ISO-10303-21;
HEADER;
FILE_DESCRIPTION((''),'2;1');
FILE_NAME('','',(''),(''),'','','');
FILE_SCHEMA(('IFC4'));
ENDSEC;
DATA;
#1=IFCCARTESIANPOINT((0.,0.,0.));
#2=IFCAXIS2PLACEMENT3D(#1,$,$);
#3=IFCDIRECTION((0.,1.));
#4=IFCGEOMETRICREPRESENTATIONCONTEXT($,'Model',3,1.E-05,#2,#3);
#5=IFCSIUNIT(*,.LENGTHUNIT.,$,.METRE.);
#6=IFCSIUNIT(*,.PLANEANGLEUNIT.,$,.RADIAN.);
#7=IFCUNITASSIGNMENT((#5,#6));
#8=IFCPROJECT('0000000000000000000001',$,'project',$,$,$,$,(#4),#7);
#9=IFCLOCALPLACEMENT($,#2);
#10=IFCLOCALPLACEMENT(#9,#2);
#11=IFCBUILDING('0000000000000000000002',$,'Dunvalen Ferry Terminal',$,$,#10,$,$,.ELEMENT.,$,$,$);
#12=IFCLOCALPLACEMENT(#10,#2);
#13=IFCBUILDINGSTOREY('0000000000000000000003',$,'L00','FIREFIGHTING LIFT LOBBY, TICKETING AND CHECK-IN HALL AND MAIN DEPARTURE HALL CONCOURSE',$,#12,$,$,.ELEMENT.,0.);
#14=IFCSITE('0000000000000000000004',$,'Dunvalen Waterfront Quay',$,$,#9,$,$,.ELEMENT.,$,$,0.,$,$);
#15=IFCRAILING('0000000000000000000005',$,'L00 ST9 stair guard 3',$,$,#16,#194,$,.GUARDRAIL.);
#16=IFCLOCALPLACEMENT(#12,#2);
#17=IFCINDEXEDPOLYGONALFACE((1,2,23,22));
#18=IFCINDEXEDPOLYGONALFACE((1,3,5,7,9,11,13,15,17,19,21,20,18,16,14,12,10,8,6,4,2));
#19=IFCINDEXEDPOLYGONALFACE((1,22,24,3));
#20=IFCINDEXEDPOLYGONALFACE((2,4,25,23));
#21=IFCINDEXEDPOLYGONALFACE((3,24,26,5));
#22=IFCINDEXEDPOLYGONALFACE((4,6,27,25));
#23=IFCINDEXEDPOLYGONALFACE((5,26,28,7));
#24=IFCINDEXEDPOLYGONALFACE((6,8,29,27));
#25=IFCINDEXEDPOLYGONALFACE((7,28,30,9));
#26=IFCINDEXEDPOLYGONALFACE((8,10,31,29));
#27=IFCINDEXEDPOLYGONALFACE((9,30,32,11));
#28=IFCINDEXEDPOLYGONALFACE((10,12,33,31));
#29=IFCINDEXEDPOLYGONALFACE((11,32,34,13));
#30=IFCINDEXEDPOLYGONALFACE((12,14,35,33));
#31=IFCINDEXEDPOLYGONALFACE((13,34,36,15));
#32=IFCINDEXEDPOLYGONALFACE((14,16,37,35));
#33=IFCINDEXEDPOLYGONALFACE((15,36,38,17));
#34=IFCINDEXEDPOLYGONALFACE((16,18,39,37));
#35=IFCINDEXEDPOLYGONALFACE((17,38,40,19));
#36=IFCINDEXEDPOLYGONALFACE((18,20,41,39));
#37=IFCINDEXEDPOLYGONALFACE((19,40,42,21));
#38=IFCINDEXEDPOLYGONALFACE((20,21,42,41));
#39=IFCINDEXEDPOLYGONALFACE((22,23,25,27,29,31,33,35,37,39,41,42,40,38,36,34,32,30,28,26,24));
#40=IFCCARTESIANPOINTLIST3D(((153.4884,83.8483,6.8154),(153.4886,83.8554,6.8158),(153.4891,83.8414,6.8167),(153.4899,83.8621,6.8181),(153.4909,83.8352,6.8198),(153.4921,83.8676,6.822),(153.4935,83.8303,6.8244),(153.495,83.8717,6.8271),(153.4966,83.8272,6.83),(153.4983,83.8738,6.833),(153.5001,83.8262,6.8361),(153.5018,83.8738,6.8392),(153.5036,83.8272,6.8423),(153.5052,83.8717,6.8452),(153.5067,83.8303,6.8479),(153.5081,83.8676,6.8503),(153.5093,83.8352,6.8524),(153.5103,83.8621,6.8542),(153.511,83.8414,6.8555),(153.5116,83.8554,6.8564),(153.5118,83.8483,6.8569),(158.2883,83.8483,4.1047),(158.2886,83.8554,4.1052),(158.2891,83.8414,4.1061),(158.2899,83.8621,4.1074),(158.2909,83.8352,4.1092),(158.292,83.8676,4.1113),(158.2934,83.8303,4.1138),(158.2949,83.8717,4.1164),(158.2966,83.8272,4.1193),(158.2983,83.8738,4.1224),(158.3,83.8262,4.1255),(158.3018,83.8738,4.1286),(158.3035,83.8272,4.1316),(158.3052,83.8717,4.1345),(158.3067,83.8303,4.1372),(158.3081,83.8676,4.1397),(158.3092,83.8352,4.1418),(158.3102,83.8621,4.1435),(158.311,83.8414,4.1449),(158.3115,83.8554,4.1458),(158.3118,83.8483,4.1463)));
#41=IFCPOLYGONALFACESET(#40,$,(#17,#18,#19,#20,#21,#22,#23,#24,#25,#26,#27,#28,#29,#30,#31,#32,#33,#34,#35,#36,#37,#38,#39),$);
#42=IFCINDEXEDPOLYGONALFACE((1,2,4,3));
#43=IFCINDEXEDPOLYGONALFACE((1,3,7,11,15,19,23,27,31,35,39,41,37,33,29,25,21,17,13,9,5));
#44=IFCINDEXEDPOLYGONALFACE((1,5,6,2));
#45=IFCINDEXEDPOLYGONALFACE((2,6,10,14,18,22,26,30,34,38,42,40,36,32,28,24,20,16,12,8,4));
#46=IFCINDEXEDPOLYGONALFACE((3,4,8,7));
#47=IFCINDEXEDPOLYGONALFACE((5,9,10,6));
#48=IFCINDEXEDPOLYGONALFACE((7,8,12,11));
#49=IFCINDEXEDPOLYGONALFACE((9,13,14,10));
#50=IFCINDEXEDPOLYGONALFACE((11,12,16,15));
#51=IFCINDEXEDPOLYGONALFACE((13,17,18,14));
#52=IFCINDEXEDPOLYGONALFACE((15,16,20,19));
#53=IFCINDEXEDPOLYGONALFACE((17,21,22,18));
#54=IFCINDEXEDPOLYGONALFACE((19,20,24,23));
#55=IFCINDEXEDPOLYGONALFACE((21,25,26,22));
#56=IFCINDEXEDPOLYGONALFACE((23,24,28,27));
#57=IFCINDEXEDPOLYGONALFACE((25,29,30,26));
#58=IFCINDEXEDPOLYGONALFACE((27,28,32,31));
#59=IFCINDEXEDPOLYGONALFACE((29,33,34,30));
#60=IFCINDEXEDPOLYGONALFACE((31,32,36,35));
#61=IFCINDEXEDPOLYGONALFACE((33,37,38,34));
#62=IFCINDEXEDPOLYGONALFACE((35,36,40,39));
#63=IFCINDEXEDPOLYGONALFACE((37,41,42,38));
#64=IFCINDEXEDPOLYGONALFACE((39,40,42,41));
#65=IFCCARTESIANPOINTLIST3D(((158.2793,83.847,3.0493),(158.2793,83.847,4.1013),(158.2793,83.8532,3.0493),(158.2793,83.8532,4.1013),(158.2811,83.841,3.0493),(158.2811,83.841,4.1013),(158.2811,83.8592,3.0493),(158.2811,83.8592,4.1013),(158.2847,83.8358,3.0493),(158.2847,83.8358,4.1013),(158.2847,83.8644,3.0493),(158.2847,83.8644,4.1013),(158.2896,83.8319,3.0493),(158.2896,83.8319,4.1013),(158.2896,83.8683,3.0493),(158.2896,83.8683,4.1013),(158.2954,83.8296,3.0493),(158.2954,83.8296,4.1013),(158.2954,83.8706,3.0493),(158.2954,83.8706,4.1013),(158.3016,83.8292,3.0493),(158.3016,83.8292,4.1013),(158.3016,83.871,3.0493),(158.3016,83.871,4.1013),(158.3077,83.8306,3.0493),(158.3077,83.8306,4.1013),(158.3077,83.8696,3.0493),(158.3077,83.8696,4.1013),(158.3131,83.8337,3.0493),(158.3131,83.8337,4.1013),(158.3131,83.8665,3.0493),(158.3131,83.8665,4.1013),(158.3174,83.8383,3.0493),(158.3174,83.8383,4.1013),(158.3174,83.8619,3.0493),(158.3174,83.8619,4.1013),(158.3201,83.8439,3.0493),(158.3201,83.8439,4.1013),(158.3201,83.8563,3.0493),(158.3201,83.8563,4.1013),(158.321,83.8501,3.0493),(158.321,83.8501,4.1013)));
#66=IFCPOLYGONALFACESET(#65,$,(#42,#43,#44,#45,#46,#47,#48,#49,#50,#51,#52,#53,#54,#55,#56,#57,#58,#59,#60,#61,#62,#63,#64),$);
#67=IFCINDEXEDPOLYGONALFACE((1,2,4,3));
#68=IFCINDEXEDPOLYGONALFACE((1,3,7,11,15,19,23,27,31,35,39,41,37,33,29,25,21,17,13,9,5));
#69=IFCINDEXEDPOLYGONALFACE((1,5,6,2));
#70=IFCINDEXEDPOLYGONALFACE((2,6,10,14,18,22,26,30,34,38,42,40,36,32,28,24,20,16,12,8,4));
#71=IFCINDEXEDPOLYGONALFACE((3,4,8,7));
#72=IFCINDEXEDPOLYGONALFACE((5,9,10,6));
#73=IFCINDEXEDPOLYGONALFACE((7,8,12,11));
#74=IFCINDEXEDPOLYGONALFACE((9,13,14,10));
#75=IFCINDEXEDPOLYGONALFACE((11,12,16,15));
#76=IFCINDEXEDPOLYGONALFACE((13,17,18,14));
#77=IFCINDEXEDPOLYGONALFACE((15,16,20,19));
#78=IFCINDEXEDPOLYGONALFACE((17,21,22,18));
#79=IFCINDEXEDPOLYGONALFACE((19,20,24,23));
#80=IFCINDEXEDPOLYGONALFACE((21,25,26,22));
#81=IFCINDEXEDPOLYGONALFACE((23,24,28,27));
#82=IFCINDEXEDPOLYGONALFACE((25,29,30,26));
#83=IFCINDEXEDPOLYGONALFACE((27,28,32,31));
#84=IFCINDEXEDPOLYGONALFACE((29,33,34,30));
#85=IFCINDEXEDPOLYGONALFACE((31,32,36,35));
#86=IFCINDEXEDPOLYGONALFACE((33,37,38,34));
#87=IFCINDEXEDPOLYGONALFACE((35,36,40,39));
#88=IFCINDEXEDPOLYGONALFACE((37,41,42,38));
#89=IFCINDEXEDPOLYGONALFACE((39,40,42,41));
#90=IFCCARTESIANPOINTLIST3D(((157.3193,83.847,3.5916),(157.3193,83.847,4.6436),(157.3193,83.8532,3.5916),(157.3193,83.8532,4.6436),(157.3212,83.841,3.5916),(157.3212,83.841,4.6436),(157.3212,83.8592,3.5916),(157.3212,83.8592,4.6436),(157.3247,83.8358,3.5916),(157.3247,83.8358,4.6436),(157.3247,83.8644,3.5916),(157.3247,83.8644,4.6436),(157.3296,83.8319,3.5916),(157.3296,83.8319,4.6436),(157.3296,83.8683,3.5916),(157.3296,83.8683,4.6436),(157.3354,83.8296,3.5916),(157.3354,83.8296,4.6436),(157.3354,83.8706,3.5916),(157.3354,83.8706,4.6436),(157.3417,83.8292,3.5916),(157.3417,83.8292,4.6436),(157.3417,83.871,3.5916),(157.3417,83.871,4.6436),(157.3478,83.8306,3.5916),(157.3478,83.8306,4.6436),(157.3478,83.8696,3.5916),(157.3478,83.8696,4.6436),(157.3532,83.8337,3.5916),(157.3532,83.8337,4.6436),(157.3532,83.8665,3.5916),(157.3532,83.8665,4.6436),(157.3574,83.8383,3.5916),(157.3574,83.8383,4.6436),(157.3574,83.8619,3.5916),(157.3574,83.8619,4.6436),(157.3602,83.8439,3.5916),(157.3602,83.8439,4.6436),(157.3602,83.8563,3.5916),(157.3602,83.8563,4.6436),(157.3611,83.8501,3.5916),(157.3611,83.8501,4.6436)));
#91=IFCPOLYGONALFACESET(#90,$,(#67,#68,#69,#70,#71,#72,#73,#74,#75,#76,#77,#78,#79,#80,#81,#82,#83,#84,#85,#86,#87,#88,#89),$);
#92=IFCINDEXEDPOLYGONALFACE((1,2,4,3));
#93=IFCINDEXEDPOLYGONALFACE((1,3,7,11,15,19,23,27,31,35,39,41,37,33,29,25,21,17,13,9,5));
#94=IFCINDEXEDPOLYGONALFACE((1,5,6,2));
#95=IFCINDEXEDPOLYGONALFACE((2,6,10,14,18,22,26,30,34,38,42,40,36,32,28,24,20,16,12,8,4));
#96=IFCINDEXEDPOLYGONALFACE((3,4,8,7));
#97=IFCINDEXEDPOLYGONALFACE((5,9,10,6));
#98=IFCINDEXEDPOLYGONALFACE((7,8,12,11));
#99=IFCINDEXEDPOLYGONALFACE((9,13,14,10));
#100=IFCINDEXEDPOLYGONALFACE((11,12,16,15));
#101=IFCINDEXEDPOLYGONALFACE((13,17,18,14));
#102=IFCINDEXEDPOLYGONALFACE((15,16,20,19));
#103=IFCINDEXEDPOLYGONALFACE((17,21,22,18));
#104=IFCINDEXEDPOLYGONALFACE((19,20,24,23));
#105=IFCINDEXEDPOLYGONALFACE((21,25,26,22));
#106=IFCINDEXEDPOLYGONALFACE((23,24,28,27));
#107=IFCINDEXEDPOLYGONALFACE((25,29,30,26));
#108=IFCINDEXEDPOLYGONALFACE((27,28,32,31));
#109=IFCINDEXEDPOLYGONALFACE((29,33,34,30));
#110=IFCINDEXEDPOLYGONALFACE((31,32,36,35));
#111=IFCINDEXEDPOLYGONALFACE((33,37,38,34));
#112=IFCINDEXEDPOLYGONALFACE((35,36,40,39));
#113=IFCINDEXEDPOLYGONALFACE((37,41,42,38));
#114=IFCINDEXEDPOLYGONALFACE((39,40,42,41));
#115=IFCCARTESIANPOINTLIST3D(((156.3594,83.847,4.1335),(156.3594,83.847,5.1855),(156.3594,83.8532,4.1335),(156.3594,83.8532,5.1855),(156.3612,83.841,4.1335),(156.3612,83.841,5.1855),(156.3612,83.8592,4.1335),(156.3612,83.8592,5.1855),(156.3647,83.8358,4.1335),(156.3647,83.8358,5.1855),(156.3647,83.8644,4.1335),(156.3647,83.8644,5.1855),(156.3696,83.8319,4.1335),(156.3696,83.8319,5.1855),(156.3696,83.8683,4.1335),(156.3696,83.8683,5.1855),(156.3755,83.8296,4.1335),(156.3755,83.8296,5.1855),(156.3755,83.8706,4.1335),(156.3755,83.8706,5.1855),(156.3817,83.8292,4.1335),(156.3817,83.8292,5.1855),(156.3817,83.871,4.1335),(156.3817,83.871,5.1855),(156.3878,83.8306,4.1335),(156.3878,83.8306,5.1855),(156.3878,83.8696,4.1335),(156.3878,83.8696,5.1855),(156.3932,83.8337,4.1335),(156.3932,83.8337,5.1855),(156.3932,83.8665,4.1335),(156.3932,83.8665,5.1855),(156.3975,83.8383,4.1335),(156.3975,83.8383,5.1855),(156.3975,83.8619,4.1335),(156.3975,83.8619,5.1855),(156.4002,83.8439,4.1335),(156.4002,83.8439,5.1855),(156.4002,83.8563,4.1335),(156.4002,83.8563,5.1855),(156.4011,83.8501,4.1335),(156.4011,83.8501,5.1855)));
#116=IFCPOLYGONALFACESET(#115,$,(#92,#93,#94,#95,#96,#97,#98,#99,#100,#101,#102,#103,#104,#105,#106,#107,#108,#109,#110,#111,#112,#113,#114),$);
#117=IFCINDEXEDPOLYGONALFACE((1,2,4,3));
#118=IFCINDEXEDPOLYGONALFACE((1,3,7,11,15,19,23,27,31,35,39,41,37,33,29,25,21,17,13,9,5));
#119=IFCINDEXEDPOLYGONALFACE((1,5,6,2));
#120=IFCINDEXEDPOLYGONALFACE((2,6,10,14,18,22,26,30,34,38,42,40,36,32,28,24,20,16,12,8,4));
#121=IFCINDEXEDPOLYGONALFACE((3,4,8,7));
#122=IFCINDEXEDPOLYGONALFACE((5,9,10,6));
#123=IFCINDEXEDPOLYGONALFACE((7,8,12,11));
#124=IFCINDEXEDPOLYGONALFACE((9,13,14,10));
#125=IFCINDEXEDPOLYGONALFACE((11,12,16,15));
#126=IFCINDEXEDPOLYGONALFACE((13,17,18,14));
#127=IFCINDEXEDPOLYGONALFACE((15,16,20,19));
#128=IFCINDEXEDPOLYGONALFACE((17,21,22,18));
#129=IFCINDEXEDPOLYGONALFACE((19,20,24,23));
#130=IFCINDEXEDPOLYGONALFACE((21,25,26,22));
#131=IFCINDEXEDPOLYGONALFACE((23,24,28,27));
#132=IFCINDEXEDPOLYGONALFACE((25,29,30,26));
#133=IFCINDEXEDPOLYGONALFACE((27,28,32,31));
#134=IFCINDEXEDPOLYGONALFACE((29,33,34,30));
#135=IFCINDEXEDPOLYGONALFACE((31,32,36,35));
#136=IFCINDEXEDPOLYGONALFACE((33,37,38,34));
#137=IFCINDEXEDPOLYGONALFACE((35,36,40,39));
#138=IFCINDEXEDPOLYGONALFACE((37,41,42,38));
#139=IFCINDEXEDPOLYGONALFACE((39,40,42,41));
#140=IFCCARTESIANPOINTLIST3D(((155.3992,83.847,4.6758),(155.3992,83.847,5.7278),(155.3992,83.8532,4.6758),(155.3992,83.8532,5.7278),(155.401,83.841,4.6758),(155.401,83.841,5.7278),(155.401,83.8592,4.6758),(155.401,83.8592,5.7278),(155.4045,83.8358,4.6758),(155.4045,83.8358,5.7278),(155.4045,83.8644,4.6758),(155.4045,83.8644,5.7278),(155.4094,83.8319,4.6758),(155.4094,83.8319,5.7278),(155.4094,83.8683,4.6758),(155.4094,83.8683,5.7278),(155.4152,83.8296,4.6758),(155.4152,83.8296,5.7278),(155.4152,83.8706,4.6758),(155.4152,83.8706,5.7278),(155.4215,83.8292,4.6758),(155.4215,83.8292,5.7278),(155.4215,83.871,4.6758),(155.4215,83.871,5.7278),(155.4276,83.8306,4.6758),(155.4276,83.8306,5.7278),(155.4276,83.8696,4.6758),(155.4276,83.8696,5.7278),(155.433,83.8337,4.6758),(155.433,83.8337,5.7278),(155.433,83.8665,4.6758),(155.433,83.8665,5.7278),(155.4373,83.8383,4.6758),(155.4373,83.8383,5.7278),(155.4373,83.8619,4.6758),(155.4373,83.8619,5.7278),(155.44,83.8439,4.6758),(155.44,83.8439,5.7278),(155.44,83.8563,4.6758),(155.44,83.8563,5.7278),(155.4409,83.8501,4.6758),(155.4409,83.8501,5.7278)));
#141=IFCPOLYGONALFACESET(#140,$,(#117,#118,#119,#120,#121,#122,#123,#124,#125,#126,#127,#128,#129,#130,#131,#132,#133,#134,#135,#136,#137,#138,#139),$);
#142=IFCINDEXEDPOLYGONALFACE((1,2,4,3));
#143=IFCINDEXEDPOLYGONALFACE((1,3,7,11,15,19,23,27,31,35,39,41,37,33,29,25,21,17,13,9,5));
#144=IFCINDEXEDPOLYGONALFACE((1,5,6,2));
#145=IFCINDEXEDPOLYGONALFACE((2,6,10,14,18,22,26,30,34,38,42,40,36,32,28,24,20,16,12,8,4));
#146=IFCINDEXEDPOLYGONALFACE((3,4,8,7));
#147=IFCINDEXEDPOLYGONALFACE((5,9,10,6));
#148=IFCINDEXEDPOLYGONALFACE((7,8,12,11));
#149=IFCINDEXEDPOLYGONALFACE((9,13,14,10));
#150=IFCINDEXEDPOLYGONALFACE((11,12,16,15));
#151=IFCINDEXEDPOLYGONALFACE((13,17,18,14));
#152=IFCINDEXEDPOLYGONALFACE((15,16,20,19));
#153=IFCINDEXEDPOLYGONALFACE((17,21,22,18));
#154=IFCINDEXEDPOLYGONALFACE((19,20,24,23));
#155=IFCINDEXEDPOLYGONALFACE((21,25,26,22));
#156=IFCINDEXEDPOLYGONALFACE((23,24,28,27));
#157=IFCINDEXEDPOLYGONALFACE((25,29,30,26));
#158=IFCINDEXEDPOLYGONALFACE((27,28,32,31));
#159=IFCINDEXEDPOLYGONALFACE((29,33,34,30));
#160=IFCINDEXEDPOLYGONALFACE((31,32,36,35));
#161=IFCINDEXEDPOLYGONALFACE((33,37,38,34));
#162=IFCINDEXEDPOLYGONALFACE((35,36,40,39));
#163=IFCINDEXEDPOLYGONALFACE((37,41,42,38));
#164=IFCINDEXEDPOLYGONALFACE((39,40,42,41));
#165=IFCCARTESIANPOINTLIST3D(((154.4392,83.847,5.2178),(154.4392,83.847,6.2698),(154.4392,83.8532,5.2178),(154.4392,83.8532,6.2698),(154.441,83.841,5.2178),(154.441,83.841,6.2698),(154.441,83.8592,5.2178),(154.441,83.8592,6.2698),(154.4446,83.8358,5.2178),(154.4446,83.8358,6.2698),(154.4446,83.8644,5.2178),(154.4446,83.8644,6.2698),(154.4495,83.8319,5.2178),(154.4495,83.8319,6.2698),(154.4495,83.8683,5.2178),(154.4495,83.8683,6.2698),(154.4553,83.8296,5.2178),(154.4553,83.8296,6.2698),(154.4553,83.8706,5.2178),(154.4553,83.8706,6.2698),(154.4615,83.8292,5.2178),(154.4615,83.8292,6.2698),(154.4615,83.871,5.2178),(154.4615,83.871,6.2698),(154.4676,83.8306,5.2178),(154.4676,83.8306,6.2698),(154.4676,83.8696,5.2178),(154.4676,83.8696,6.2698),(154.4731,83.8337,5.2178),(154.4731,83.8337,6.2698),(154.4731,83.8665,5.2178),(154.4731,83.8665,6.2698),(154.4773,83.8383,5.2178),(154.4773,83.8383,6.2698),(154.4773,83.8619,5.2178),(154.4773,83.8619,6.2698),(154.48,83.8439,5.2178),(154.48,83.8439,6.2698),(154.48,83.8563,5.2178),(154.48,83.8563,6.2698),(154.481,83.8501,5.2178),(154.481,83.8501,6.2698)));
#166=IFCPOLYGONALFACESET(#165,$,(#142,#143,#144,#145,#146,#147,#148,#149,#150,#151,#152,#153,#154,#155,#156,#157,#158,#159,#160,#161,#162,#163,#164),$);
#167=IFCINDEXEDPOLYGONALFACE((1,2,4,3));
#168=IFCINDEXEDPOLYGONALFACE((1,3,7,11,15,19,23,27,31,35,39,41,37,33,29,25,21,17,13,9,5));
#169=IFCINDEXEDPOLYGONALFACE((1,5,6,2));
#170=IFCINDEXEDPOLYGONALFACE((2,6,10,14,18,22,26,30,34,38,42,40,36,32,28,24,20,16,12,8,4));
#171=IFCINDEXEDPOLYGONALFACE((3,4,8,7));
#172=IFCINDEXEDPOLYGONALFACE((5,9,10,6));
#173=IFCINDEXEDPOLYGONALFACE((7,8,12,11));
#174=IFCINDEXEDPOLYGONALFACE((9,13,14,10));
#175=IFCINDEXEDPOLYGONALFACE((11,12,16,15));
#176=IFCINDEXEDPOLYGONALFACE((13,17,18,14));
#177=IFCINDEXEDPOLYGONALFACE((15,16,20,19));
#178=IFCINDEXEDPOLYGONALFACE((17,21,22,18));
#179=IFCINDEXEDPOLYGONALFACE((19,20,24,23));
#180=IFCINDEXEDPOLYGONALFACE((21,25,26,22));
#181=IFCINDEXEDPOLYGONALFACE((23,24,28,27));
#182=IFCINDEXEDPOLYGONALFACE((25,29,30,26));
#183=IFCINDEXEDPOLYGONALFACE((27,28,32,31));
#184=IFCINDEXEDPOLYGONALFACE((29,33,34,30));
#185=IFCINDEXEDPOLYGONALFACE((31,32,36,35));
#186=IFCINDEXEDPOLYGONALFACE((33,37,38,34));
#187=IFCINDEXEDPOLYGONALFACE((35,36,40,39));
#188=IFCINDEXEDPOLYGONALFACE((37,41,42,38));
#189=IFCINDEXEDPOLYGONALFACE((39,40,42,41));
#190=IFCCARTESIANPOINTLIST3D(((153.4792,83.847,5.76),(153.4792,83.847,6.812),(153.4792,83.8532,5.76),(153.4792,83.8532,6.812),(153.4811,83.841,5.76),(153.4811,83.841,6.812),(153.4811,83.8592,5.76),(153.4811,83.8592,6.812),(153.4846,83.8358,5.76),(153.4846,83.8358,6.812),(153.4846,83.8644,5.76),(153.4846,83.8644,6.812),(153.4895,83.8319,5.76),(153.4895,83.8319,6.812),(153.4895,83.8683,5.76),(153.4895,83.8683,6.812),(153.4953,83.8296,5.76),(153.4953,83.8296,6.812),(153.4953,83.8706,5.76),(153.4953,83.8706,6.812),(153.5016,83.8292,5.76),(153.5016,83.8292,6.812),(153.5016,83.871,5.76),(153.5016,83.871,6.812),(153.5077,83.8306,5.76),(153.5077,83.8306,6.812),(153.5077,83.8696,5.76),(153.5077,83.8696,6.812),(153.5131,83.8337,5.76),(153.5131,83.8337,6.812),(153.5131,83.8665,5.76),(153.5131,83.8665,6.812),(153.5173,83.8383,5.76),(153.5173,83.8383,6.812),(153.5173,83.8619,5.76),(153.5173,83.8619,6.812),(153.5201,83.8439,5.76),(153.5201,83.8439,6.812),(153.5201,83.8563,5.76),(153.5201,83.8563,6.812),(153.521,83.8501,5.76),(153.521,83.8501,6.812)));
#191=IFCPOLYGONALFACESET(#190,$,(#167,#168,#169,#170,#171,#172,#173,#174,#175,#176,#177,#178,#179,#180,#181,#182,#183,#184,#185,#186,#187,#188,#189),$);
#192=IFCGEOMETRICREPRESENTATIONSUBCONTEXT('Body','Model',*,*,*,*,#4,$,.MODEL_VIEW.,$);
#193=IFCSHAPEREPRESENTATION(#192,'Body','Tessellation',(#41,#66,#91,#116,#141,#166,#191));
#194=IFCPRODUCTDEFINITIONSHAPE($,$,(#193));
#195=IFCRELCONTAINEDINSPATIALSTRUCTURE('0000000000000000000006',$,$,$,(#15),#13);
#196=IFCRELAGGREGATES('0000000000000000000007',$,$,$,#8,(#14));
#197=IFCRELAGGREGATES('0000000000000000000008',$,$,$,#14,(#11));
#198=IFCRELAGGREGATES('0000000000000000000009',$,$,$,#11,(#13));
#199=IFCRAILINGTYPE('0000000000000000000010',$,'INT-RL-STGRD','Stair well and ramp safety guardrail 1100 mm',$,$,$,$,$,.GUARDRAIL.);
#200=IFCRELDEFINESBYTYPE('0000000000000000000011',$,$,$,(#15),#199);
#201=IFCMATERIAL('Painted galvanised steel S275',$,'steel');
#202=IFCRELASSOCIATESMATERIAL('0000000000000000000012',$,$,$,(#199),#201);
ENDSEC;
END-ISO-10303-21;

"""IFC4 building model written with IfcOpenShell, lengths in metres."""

from ifc_helpers import new_model, si_unit, direction, frame, origin, origin_2d, place, context, subcontext, project, spatial, circle, extrude, material, type_object, element, save


model = new_model("IFC4")

# Units and contexts
model_context = context("Model", 3, precision=1e-05, world=origin(), true_north=direction((0.0, 1.0)))
body_context = subcontext(model_context, "Body", "Model", "MODEL_VIEW")
ifc_project = project(units=[si_unit("LENGTHUNIT", "METRE"), si_unit("PLANEANGLEUNIT", "RADIAN")], contexts=[model_context])

# Site, building, storey
site_placement = place(None, origin())
site = spatial("IfcSite", under=ifc_project, at=site_placement, Name="Dunvalen Waterfront Quay", CompositionType="ELEMENT", RefElevation=0.0)
building_placement = place(site_placement, origin())
building = spatial("IfcBuilding", under=site, at=building_placement, Name="Dunvalen Ferry Terminal", CompositionType="ELEMENT")
storey_placement = place(building_placement, origin())
storey = spatial("IfcBuildingStorey", under=building, at=storey_placement, Name="L00", Description="FIREFIGHTING LIFT LOBBY, TICKETING AND CHECK-IN HALL AND MAIN DEPARTURE HALL CONCOURSE", CompositionType="ELEMENT", Elevation=0.0)

# Railing
ifc_material_1 = material(Name="Painted galvanised steel S275", Category="steel")
railing_type = type_object("IfcRailingType", Name="INT-RL-STGRD", Description="Stair well and ramp safety guardrail 1100 mm", PredefinedType="GUARDRAIL", material=ifc_material_1)
railing_1_placement = place(storey_placement, frame((158.3, 83.8501, 3.0493)))
element("IfcRailing", 1, at=railing_1_placement, inside=storey, type_object=railing_type, Name="L00 ST9 stair guard 3", PredefinedType="GUARDRAIL", context=body_context, shape_type="SweptSolid", body=[
    extrude(circle(Radius=0.0239, at=origin_2d()), frame((0.0, 0.0, 1.0762), z_axis=(-0.870748, 0.0, 0.49173), x_axis=(0.0, -1.0, 0.0)), (0.0, 0.0, 1.0), 5.5125),
    extrude(circle(Radius=0.021, at=origin_2d()), origin(), (0.0, 0.0, 1.0), 1.052),
    extrude(circle(Radius=0.021, at=origin_2d()), frame((-0.96, 0.0, 0.5422)), (0.0, 0.0, 1.0), 1.052),
    extrude(circle(Radius=0.021, at=origin_2d()), frame((-1.9199, 0.0, 1.0842)), (0.0, 0.0, 1.0), 1.052),
    extrude(circle(Radius=0.021, at=origin_2d()), frame((-2.8801, 0.0, 1.6265)), (0.0, 0.0, 1.0), 1.052),
    extrude(circle(Radius=0.021, at=origin_2d()), frame((-3.8401, 0.0, 2.1685)), (0.0, 0.0, 1.0), 1.052),
    extrude(circle(Radius=0.021, at=origin_2d()), frame((-4.8, 0.0, 2.7107)), (0.0, 0.0, 1.0), 1.052),
])

save(model, "model.ifc")
